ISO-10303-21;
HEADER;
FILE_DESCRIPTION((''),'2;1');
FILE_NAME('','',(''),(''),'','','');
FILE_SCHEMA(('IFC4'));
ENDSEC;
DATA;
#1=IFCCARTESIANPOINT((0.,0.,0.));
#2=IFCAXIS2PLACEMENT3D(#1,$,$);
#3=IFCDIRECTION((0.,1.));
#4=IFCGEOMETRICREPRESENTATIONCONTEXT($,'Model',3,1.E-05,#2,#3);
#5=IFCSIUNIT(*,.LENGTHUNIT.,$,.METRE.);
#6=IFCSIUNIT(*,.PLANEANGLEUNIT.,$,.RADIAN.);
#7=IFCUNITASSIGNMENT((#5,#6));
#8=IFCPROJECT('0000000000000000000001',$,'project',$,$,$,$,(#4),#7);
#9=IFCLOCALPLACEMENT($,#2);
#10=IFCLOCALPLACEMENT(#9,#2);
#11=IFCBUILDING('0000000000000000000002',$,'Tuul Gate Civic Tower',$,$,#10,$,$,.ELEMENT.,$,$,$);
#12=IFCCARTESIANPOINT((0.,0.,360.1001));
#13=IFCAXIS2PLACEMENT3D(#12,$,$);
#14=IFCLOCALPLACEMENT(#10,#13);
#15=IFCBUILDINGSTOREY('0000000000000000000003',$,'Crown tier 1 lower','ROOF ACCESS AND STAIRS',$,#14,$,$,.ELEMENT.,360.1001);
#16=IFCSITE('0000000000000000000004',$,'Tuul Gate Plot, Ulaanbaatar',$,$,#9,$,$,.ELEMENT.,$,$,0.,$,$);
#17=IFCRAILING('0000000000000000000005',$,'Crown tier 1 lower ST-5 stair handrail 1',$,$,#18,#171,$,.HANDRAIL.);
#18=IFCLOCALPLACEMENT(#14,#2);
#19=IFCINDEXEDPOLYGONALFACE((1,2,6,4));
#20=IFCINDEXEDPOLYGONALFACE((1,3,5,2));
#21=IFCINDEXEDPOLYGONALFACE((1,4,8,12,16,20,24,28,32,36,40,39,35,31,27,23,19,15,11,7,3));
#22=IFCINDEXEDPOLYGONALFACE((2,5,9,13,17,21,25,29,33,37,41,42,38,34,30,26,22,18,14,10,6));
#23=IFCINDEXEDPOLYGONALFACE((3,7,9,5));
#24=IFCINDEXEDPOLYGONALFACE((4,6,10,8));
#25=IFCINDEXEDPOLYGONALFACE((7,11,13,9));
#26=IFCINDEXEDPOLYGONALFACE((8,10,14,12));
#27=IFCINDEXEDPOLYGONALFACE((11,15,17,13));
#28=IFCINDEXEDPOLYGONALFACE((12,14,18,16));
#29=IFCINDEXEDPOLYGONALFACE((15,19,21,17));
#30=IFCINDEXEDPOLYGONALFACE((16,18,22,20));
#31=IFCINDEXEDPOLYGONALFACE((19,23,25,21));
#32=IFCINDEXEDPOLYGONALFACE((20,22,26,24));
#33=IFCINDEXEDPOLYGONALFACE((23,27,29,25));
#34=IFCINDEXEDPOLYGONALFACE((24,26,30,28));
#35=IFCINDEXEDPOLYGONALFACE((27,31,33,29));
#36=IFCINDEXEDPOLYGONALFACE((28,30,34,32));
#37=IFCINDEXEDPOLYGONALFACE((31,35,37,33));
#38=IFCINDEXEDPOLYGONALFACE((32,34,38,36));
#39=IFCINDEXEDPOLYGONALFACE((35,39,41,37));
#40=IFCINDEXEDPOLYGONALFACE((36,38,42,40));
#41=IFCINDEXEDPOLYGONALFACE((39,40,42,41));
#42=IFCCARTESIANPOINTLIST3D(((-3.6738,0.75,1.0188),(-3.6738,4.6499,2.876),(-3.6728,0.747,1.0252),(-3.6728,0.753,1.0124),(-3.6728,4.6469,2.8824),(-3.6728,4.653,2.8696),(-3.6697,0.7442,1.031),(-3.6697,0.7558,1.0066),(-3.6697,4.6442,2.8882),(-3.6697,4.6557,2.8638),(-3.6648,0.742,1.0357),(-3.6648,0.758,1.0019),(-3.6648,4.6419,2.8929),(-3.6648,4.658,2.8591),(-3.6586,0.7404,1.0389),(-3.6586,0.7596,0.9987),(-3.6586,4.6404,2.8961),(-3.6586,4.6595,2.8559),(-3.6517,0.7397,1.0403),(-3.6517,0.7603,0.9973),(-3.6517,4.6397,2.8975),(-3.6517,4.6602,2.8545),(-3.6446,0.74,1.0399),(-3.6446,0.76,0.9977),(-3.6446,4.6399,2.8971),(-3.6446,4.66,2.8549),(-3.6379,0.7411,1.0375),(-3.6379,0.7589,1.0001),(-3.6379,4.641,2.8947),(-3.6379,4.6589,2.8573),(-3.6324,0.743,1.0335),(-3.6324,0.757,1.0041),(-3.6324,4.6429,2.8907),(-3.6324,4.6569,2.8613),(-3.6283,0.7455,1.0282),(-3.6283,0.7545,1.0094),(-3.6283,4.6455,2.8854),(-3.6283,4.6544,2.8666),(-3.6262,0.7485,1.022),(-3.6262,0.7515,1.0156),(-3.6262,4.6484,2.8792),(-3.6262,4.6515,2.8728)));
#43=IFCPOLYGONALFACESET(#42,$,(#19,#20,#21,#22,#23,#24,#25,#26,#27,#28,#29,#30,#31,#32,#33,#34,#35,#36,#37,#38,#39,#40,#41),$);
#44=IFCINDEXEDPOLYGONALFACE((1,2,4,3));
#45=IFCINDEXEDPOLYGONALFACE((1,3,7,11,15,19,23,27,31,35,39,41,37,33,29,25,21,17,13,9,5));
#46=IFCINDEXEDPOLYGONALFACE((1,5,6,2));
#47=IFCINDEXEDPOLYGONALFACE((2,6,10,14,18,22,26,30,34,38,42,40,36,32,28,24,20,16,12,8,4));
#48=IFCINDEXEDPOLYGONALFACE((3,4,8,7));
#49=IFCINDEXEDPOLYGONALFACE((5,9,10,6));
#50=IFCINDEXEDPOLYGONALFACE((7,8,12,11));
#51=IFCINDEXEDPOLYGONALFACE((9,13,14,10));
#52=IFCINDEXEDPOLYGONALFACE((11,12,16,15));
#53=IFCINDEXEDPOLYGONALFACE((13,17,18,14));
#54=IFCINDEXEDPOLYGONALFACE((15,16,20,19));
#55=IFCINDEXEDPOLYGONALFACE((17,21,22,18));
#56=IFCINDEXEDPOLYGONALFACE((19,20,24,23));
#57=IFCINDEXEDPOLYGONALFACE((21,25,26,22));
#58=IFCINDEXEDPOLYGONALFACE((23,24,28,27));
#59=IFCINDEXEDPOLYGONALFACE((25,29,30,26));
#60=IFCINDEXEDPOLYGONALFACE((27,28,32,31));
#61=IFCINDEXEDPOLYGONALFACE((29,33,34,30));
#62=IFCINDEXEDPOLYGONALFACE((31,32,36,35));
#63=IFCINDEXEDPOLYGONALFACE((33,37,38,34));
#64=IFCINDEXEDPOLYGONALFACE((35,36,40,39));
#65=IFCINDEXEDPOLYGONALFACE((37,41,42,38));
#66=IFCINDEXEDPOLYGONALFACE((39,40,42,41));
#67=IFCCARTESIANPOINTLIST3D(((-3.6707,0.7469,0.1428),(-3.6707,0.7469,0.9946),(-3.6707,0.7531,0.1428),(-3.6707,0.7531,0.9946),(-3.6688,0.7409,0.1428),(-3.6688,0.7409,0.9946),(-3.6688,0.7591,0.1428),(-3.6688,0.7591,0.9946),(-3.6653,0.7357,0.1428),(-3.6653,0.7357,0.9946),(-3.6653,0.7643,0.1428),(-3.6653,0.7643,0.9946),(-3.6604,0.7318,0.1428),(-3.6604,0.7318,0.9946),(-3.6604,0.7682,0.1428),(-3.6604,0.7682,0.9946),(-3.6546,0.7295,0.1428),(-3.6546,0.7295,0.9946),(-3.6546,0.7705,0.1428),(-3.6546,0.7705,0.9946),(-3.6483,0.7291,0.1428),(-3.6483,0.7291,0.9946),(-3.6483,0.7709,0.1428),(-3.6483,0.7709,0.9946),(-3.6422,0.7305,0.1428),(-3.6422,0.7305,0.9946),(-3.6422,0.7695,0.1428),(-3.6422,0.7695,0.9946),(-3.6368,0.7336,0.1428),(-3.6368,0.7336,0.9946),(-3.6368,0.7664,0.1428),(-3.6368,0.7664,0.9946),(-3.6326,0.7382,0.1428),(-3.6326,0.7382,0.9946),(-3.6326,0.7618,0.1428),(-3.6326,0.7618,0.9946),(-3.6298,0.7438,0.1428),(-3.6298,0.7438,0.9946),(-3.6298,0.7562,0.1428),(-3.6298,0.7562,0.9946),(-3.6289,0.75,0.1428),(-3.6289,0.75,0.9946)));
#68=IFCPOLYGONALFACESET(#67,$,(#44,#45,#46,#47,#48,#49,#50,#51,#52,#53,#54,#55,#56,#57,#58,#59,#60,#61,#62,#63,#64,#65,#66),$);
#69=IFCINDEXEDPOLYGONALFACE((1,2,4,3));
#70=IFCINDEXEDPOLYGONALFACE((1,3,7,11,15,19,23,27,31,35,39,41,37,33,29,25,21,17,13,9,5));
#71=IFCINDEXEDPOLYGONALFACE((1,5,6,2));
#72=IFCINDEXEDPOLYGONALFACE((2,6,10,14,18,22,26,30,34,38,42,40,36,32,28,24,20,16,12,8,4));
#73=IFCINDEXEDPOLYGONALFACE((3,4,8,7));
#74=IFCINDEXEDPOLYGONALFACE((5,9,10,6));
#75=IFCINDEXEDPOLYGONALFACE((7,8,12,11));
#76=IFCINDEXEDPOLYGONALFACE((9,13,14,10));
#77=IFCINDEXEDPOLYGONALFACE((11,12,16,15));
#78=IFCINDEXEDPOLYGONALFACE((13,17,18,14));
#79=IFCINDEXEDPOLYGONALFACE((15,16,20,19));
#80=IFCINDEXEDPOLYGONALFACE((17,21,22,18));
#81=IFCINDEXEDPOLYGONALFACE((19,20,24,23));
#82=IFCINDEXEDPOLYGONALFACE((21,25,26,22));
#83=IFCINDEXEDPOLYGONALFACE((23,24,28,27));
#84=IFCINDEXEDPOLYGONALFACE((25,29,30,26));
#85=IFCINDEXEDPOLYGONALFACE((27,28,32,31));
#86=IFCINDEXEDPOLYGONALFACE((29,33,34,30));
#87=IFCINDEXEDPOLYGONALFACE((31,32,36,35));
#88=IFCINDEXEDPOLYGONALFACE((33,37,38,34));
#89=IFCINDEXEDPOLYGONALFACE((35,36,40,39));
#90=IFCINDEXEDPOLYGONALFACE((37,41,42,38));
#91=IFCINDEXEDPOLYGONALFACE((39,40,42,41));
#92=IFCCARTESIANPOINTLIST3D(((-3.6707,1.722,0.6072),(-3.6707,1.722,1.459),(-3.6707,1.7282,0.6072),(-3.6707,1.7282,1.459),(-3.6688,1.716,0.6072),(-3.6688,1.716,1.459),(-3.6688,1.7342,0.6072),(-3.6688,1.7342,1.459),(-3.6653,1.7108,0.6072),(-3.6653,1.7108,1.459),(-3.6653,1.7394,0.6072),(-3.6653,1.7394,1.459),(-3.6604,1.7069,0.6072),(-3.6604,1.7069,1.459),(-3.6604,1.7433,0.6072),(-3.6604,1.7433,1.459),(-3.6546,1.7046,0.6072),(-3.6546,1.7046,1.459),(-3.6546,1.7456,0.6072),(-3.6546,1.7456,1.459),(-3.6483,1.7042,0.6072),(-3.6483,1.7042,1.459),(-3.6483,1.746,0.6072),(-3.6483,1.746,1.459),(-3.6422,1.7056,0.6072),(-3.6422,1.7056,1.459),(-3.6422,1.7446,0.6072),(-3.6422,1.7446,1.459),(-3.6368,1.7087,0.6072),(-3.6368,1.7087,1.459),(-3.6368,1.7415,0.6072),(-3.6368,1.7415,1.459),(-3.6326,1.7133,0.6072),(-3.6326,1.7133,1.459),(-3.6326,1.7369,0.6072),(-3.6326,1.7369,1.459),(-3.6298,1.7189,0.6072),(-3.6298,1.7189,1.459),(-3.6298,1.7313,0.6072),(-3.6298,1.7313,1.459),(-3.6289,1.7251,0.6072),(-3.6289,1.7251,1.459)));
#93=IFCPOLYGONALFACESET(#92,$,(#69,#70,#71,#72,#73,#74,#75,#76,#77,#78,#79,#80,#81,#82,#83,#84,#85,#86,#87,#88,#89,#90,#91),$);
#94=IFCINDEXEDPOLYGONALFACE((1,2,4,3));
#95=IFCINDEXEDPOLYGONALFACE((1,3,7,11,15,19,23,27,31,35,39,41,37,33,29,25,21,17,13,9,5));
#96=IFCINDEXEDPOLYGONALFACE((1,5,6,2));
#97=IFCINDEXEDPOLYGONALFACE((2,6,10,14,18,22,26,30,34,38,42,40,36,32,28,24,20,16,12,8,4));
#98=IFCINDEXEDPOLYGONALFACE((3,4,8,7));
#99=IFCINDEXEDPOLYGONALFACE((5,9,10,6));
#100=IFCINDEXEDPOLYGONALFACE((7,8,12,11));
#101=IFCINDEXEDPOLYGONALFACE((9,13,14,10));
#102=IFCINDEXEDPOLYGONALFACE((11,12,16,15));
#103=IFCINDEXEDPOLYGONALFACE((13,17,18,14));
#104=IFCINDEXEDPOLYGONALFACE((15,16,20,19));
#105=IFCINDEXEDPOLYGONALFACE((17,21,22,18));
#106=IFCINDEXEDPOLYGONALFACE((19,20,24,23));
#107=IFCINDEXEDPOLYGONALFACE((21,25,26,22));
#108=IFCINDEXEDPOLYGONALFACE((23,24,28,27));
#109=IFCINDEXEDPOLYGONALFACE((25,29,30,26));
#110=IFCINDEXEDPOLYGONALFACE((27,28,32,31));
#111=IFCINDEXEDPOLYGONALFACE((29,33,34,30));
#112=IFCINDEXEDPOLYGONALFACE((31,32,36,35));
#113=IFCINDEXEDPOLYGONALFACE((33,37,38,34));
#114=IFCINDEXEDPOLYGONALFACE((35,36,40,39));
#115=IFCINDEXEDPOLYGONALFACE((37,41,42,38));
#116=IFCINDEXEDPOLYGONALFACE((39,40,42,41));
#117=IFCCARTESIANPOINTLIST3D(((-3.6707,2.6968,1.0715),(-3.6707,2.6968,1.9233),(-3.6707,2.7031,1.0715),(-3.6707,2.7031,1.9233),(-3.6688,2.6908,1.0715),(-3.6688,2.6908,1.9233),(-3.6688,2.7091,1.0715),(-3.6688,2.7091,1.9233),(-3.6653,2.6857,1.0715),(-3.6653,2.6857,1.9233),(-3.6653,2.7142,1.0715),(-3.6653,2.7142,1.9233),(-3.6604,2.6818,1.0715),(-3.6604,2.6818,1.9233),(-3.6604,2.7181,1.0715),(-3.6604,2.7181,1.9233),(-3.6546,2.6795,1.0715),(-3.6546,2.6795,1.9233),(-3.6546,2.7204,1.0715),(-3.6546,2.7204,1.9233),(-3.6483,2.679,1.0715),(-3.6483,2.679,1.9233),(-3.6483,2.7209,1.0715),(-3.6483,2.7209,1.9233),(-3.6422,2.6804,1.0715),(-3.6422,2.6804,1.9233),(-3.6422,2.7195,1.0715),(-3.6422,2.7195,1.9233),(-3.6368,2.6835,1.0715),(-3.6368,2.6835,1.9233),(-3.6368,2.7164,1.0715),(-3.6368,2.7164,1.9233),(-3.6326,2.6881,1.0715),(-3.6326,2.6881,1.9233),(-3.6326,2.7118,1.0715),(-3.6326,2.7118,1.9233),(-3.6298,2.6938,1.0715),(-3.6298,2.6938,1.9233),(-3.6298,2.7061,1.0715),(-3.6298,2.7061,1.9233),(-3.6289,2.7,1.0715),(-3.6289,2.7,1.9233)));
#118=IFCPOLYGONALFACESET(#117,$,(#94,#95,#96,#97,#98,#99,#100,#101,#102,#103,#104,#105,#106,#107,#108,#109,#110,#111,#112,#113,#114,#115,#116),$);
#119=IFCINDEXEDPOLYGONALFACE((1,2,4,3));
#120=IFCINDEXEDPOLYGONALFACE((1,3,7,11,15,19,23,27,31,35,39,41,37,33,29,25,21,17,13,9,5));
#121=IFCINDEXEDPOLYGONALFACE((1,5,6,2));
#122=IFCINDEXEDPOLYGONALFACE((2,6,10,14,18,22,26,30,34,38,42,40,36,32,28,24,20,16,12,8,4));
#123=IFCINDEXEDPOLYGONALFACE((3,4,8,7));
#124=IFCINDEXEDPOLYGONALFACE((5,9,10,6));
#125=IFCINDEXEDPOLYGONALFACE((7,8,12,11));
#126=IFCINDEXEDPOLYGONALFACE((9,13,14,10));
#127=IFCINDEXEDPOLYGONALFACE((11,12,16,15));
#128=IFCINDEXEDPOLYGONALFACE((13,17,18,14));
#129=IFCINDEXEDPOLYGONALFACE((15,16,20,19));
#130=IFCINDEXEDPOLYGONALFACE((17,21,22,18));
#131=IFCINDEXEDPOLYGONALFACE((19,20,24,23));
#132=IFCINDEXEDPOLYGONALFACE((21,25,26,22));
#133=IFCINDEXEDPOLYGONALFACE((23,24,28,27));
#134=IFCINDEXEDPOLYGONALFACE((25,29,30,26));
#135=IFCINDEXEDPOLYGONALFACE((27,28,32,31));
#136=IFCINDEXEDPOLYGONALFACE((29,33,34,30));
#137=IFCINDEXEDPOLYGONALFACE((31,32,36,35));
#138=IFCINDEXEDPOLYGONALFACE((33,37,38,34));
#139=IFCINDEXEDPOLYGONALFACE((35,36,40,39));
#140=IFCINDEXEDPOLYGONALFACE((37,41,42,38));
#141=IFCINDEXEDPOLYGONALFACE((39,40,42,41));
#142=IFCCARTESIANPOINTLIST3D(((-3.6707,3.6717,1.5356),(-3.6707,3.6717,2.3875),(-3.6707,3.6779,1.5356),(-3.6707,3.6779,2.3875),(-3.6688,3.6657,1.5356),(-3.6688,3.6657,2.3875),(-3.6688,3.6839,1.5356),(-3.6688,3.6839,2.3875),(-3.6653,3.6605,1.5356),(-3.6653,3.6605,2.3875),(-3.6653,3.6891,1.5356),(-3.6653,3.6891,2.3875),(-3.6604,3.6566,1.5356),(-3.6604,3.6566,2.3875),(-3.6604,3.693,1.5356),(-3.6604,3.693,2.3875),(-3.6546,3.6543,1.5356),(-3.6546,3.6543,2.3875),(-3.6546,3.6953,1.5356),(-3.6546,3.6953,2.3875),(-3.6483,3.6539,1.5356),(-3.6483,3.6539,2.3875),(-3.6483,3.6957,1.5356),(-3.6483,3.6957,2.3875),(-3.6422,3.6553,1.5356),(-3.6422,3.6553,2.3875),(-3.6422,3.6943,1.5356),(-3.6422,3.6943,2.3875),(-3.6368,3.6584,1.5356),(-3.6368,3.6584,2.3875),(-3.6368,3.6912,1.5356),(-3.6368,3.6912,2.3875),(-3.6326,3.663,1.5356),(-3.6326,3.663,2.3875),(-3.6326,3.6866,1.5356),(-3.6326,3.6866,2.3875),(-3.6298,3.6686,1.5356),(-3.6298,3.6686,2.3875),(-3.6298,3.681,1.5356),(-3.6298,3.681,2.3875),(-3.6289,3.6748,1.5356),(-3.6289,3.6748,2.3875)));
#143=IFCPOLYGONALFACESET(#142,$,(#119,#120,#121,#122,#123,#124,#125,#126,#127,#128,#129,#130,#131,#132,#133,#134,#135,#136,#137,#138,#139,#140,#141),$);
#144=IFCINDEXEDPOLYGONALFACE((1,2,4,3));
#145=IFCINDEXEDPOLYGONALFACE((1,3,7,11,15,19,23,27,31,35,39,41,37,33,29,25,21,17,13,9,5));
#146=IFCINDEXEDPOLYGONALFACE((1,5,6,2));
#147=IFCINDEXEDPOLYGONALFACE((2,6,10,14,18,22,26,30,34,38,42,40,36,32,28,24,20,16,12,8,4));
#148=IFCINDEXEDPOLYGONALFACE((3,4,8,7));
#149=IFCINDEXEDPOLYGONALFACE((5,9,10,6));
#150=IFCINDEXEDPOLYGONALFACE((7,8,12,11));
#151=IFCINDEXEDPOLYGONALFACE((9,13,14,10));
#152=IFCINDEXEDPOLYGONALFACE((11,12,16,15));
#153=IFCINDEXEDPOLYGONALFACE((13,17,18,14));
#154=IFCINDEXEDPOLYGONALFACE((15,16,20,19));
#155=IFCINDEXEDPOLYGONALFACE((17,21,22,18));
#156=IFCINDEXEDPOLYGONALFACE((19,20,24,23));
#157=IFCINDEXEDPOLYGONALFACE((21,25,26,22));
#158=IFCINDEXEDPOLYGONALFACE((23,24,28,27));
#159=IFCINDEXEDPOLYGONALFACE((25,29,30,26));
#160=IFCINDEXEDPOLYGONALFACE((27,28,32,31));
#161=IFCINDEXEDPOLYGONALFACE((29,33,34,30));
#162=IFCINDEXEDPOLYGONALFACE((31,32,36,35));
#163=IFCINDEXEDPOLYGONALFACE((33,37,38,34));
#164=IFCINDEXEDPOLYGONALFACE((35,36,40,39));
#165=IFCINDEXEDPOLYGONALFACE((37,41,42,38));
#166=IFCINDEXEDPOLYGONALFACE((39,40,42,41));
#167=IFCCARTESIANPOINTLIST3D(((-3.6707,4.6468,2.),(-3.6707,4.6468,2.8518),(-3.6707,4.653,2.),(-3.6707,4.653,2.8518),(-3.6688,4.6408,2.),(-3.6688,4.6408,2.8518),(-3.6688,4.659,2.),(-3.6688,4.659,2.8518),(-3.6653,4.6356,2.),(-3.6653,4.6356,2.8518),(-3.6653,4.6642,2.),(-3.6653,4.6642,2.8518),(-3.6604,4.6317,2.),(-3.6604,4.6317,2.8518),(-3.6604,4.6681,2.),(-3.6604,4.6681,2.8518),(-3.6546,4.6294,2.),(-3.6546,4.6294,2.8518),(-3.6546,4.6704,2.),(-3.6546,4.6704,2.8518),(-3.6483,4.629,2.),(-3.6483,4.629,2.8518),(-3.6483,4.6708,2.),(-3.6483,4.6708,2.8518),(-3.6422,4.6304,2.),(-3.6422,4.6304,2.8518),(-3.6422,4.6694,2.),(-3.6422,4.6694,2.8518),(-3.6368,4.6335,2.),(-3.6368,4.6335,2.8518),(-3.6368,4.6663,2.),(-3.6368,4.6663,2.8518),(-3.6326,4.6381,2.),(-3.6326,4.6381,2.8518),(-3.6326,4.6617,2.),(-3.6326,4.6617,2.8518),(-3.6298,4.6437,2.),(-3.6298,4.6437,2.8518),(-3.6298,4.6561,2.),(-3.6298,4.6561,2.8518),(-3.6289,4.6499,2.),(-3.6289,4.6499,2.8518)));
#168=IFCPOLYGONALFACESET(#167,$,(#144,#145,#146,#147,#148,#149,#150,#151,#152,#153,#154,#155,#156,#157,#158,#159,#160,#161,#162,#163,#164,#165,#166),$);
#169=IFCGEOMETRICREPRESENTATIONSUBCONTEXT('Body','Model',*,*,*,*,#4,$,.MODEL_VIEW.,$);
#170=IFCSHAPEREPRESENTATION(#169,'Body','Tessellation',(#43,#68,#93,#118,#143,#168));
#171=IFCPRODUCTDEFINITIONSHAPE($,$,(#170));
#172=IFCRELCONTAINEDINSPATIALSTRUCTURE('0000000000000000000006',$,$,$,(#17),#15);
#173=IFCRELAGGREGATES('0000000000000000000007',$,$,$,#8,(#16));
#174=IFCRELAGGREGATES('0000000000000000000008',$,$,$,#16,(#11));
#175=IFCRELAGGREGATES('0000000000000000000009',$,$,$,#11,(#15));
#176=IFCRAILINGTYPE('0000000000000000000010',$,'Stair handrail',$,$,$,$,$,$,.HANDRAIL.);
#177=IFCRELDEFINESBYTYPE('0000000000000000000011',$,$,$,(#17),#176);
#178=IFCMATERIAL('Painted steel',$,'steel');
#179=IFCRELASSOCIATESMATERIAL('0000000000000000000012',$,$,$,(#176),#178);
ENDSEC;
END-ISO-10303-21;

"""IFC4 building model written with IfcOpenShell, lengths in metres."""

from ifc_helpers import new_model, si_unit, direction, frame, origin, origin_2d, place, context, subcontext, project, spatial, circle, extrude, material, type_object, element, save


model = new_model("IFC4")

# Units and contexts
model_context = context("Model", 3, precision=1e-05, world=origin(), true_north=direction((0.0, 1.0)))
body_context = subcontext(model_context, "Body", "Model", "MODEL_VIEW")
ifc_project = project(units=[si_unit("LENGTHUNIT", "METRE"), si_unit("PLANEANGLEUNIT", "RADIAN")], contexts=[model_context])

# Site, building, storey
site_placement = place(None, origin())
site = spatial("IfcSite", under=ifc_project, at=site_placement, Name="Tuul Gate Plot, Ulaanbaatar", CompositionType="ELEMENT", RefElevation=0.0)
building_placement = place(site_placement, origin())
building = spatial("IfcBuilding", under=site, at=building_placement, Name="Tuul Gate Civic Tower", CompositionType="ELEMENT")
storey_placement = place(building_placement, frame((0.0, 0.0, 360.1001)))
storey = spatial("IfcBuildingStorey", under=building, at=storey_placement, Name="Crown tier 1 lower", Description="ROOF ACCESS AND STAIRS", CompositionType="ELEMENT", Elevation=360.1001)

# Railing
ifc_material_1 = material(Name="Painted steel", Category="steel")
railing_type_1 = type_object("IfcRailingType", Name="Stair handrail", PredefinedType="HANDRAIL", material=ifc_material_1)
railing_1_placement = place(storey_placement, frame((-3.6499, 0.75, 0.1428)))
element("IfcRailing", 1, at=railing_1_placement, inside=storey, type_object=railing_type_1, Name="Crown tier 1 lower ST-5 stair handrail 1", PredefinedType="HANDRAIL", context=body_context, shape_type="SweptSolid", body=[
    extrude(circle(Radius=0.0239, at=origin_2d()), frame((0.0, 0.0, 0.876), z_axis=(0.0, 0.902853, 0.429949), x_axis=(-1.0, 0.0, 0.0)), (0.0, 0.0, 1.0), 4.3196),
    extrude(circle(Radius=0.021, at=origin_2d()), origin(), (0.0, 0.0, 1.0), 0.8518),
    extrude(circle(Radius=0.021, at=origin_2d()), frame((0.0, 0.9751, 0.4644)), (0.0, 0.0, 1.0), 0.8518),
    extrude(circle(Radius=0.021, at=origin_2d()), frame((0.0, 1.95, 0.9287)), (0.0, 0.0, 1.0), 0.8518),
    extrude(circle(Radius=0.021, at=origin_2d()), frame((0.0, 2.9248, 1.3928)), (0.0, 0.0, 1.0), 0.8518),
    extrude(circle(Radius=0.021, at=origin_2d()), frame((0.0, 3.8999, 1.8572)), (0.0, 0.0, 1.0), 0.8518),
])

save(model, "model.ifc")
